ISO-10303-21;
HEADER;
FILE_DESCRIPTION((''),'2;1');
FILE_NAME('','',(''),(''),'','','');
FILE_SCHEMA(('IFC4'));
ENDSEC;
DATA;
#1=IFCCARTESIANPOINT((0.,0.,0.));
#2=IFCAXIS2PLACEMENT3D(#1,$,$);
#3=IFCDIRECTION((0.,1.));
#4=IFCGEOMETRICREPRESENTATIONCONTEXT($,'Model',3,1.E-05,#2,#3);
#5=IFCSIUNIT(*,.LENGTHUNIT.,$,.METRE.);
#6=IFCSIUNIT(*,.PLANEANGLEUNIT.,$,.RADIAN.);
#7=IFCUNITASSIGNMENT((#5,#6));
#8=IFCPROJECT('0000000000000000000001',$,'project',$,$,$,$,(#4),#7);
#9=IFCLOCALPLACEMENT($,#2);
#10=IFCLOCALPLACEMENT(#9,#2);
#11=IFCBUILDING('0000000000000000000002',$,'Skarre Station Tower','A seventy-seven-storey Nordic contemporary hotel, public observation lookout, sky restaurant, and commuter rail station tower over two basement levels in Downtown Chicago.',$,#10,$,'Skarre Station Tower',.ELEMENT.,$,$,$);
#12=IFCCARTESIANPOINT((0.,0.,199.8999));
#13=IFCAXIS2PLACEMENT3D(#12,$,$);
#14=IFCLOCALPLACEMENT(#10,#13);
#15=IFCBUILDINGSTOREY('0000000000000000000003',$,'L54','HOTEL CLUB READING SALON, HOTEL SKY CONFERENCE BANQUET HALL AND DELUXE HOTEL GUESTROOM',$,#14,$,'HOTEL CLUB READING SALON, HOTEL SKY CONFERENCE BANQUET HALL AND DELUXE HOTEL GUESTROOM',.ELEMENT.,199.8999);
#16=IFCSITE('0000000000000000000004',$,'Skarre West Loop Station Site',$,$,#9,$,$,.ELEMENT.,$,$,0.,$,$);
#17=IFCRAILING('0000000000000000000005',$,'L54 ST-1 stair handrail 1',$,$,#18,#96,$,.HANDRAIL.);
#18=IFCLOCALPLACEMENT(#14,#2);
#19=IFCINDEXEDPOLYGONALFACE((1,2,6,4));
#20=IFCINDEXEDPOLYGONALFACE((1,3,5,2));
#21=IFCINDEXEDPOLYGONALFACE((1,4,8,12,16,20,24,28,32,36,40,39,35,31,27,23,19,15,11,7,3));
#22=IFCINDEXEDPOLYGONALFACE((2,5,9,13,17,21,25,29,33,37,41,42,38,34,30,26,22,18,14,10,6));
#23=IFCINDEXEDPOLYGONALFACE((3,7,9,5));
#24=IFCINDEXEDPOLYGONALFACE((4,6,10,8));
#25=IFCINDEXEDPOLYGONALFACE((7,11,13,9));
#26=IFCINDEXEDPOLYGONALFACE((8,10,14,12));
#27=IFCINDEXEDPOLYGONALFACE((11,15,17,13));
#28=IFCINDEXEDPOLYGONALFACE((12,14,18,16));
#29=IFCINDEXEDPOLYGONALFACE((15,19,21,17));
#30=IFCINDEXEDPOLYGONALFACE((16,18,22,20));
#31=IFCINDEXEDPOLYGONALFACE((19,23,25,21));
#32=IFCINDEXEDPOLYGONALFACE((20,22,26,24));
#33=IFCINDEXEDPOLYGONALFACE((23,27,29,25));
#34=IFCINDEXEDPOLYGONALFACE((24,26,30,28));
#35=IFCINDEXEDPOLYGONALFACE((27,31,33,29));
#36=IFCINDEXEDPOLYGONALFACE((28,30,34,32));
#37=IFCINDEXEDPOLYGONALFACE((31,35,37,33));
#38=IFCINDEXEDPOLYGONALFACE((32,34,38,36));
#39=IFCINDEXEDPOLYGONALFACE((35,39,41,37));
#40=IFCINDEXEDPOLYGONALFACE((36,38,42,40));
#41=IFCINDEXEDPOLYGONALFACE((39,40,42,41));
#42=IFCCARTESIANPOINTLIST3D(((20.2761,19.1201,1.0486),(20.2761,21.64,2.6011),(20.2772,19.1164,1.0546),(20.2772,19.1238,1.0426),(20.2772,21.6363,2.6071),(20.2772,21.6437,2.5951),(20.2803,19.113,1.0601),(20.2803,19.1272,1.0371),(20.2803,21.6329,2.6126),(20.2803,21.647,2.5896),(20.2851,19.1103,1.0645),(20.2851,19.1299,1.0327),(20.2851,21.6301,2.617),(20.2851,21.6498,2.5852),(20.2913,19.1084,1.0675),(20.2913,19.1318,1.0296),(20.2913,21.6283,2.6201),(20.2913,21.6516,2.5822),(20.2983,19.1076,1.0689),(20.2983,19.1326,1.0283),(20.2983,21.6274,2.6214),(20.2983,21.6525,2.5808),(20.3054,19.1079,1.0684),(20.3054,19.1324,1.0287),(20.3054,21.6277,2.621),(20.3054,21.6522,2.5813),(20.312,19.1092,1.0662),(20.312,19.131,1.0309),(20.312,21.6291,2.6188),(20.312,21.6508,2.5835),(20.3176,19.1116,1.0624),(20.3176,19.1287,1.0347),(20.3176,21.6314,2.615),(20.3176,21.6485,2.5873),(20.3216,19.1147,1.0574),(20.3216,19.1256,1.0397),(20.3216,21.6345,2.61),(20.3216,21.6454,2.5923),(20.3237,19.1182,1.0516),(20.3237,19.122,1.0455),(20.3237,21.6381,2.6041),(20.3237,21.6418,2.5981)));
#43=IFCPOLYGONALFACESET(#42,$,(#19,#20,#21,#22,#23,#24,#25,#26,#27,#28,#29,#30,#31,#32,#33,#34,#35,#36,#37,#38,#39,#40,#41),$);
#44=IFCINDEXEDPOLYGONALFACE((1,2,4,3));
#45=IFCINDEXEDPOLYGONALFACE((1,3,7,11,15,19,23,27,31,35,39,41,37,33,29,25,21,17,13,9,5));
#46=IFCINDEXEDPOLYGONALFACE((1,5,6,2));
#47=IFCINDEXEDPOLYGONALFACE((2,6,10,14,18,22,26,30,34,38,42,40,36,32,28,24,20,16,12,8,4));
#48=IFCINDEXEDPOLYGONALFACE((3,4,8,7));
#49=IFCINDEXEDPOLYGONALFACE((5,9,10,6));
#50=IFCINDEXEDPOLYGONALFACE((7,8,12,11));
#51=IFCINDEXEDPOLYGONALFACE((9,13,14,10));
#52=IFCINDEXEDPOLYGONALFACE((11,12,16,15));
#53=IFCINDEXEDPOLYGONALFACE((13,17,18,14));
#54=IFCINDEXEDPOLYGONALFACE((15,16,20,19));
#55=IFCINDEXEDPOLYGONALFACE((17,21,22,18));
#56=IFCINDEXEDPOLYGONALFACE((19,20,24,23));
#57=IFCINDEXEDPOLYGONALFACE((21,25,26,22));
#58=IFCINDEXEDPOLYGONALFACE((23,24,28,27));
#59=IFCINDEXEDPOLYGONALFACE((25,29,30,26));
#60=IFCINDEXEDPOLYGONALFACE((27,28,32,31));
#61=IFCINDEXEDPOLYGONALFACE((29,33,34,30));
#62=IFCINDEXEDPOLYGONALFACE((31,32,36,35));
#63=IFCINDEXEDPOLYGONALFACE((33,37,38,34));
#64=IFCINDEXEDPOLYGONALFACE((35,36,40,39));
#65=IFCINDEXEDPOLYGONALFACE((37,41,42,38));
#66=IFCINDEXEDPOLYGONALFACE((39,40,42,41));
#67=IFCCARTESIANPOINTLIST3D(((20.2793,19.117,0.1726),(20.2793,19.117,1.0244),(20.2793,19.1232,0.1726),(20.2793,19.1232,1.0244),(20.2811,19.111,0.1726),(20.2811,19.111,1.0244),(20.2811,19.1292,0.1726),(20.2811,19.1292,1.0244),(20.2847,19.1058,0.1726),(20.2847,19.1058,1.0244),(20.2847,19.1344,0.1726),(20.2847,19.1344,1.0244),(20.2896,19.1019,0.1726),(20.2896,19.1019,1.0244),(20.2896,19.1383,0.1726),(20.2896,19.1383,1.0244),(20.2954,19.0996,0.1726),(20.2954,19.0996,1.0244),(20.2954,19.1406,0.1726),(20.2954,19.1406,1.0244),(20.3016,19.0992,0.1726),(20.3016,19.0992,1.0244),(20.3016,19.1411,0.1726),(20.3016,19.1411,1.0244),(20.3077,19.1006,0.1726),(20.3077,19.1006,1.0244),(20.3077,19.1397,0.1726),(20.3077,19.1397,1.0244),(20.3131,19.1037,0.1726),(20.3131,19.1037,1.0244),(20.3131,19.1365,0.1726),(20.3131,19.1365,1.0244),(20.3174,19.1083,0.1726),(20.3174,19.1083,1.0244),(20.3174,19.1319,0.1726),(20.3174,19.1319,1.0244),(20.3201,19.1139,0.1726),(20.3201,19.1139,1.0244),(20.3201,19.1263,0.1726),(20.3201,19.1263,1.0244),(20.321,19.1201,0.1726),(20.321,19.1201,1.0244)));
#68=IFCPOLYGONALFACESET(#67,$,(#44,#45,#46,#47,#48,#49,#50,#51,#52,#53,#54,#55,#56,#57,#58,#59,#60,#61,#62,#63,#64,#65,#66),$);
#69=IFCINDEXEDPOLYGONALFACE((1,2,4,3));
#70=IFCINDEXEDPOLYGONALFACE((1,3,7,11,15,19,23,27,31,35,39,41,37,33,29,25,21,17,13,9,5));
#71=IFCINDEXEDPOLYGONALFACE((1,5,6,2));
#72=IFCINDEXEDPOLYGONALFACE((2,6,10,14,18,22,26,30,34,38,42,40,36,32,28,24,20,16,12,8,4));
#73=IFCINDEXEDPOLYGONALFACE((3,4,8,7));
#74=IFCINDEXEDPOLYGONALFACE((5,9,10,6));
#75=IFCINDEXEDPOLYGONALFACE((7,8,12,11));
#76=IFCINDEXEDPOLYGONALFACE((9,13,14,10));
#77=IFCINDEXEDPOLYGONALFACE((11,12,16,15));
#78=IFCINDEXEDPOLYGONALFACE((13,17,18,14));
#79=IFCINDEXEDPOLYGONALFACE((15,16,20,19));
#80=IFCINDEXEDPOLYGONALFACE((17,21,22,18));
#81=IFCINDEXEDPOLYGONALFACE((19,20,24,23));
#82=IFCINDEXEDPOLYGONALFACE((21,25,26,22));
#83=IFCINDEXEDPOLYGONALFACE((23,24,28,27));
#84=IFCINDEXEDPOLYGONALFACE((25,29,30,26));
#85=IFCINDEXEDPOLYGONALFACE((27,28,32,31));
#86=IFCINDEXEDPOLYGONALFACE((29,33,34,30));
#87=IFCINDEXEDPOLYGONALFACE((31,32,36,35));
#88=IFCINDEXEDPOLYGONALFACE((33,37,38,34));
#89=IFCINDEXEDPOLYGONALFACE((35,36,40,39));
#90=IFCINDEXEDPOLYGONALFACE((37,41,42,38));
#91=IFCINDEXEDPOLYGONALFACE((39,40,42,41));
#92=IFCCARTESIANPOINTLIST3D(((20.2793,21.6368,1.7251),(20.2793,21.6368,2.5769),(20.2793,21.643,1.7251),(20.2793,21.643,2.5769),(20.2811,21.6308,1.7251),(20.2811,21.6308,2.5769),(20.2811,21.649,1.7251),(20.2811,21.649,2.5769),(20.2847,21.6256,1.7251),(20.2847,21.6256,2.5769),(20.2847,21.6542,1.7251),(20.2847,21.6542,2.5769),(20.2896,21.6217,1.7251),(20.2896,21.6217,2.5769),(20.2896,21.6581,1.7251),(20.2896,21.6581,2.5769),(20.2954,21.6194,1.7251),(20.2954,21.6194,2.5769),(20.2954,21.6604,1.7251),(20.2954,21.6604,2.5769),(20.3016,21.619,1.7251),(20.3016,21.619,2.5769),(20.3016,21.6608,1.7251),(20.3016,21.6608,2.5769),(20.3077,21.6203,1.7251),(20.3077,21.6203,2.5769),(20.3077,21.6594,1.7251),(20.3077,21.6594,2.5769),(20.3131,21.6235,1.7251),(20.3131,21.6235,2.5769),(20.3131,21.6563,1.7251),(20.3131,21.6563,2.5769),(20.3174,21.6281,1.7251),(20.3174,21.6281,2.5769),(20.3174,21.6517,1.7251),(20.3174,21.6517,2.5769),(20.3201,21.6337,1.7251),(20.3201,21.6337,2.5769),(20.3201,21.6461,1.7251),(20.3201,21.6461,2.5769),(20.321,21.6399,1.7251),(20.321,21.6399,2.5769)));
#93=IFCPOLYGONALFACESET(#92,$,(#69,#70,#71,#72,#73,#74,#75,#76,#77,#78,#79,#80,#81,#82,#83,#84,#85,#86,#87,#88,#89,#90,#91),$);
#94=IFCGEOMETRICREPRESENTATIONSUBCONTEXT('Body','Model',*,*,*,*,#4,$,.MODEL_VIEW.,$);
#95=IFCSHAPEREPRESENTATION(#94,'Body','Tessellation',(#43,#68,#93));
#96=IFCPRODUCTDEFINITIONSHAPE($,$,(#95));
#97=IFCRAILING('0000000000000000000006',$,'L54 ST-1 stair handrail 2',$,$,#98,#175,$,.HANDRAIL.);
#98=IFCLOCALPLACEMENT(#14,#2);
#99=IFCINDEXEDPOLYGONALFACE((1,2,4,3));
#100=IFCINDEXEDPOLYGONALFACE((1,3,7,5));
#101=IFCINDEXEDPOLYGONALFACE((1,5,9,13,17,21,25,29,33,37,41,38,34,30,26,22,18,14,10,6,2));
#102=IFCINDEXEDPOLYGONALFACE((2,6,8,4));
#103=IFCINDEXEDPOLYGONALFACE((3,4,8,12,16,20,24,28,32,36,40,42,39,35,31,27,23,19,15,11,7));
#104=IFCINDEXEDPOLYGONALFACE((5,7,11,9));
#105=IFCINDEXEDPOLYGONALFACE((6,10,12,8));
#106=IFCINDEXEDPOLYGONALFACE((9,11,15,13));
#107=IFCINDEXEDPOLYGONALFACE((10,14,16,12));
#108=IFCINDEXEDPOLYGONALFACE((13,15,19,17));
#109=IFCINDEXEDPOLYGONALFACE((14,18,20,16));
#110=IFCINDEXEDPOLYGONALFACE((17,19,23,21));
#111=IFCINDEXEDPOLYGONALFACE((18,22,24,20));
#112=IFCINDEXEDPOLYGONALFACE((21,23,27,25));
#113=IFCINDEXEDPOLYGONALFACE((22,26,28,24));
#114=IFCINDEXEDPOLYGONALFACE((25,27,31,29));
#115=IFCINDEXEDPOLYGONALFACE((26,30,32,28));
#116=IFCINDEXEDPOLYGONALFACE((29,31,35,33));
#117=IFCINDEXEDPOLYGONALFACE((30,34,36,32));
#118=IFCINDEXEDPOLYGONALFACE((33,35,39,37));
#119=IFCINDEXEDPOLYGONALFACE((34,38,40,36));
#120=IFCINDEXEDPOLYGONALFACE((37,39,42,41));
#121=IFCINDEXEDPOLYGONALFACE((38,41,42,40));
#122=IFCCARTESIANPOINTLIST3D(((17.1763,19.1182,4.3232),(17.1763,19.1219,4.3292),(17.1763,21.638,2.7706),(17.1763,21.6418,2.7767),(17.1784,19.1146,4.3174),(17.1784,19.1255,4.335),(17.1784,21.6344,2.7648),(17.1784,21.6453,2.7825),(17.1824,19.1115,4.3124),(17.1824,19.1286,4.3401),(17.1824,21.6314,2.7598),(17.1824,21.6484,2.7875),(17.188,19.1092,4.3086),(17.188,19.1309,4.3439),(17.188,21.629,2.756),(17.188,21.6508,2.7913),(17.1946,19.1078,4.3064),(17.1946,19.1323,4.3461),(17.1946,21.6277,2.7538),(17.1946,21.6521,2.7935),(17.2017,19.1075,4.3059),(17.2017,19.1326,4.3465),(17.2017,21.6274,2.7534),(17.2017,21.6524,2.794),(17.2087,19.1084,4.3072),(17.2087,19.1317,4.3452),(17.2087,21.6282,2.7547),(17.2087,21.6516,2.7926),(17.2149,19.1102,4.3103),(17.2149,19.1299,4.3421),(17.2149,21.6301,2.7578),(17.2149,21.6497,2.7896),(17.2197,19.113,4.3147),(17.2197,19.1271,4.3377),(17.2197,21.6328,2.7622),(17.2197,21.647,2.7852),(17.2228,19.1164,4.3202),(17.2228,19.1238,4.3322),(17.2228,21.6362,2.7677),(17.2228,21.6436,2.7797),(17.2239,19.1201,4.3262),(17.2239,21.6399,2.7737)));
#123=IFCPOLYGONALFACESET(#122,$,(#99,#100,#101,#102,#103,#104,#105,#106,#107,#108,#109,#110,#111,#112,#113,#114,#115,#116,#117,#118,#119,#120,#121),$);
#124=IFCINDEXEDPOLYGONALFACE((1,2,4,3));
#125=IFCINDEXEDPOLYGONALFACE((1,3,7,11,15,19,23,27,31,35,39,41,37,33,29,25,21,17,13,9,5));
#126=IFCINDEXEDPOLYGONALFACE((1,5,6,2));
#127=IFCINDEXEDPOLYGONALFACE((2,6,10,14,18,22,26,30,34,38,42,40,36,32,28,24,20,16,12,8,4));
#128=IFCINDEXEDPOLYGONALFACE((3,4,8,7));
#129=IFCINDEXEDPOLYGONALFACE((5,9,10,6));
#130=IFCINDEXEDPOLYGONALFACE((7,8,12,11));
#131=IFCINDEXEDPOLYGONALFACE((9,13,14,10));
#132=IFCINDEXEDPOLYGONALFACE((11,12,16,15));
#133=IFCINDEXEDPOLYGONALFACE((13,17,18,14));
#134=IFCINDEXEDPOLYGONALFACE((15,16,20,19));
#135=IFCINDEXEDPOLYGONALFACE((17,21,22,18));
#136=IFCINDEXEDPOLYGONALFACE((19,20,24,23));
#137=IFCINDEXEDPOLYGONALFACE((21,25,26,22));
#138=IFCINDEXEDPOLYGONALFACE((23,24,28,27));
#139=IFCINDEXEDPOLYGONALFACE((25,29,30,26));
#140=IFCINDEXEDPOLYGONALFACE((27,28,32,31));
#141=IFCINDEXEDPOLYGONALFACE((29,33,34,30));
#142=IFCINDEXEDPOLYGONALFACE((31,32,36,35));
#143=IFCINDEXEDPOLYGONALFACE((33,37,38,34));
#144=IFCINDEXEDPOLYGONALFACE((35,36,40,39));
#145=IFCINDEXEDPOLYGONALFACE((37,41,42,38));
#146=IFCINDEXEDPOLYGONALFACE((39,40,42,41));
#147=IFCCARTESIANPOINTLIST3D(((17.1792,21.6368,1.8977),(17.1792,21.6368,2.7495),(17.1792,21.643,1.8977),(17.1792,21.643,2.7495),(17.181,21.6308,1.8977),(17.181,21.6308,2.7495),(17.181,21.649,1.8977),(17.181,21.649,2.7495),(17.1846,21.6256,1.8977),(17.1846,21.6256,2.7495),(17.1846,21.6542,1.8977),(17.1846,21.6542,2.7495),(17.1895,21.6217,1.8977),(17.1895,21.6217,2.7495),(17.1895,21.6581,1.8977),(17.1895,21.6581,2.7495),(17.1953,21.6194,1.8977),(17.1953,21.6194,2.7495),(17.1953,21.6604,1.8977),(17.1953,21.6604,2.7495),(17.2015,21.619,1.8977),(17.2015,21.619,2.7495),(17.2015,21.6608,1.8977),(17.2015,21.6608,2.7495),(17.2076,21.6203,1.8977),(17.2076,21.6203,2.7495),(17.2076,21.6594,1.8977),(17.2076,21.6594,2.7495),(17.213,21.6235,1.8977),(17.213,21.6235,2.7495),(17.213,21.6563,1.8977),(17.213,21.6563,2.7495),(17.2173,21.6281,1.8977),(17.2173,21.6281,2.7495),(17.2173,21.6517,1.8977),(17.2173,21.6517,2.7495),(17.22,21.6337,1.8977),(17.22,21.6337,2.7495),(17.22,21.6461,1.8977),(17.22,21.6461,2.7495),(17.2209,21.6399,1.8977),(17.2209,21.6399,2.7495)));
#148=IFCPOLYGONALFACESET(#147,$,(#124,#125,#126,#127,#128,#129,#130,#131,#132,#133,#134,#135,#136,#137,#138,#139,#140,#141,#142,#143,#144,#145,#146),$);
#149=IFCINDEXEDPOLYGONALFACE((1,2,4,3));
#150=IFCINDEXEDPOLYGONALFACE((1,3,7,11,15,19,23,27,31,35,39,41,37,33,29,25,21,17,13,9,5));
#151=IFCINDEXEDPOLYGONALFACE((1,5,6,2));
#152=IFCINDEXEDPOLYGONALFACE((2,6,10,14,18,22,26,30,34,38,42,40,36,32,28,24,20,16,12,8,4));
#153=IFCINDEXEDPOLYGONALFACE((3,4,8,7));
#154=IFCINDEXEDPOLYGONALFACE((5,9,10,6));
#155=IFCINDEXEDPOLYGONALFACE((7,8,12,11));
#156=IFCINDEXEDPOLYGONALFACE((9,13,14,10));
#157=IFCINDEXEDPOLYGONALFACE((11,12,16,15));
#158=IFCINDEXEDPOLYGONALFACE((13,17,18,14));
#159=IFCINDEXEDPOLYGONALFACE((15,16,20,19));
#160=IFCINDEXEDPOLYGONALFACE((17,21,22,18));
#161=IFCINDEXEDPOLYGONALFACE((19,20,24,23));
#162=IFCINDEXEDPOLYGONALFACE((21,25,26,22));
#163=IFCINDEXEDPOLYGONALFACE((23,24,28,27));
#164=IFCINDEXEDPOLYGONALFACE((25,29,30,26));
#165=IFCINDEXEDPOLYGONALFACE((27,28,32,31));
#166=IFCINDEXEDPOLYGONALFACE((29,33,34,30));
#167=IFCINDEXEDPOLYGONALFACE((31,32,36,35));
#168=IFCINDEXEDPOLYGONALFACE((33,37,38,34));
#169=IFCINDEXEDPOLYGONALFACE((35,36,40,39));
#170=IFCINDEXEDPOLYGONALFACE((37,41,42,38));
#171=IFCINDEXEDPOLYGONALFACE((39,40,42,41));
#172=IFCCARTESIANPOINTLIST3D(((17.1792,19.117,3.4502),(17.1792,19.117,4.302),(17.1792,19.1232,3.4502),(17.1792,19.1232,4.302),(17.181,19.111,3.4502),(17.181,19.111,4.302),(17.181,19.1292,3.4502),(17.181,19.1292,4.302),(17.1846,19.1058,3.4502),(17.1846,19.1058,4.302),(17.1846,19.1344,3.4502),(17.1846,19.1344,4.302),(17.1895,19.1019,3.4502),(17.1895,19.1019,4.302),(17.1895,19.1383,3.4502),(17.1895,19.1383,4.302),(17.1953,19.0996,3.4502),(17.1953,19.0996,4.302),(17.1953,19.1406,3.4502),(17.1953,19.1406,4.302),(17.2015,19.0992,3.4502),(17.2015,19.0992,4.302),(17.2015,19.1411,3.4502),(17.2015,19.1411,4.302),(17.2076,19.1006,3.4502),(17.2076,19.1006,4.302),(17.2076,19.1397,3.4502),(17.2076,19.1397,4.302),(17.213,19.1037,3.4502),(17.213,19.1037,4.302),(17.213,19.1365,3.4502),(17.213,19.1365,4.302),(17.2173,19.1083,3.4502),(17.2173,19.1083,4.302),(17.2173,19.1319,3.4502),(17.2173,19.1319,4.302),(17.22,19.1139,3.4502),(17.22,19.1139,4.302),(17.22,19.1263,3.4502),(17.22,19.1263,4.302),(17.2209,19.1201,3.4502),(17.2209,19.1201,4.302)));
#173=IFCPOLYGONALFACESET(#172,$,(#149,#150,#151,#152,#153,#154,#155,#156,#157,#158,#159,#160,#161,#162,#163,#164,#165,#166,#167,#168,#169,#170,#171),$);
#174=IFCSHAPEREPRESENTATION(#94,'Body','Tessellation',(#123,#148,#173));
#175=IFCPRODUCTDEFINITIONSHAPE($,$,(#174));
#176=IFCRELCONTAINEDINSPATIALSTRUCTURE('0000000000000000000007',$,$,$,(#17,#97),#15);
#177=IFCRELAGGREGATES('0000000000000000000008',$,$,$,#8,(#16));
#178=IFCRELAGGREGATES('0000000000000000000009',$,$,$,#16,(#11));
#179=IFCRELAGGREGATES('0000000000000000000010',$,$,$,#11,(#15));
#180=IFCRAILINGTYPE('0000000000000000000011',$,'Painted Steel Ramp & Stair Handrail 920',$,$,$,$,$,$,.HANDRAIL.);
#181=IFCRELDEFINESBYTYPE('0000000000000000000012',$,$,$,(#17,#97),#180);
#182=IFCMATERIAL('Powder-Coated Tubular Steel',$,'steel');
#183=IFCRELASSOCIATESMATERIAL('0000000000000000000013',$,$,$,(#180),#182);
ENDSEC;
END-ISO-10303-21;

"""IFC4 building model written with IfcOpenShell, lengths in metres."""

from ifc_helpers import new_model, si_unit, direction, frame, origin, origin_2d, place, context, subcontext, project, spatial, circle, extrude, material, type_object, element, save


model = new_model("IFC4")

# Units and contexts
model_context = context("Model", 3, precision=1e-05, world=origin(), true_north=direction((0.0, 1.0)))
body_context = subcontext(model_context, "Body", "Model", "MODEL_VIEW")
ifc_project = project(units=[si_unit("LENGTHUNIT", "METRE"), si_unit("PLANEANGLEUNIT", "RADIAN")], contexts=[model_context])

# Site, building, storey
site_placement = place(None, origin())
site = spatial("IfcSite", under=ifc_project, at=site_placement, Name="Skarre West Loop Station Site", CompositionType="ELEMENT", RefElevation=0.0)
building_placement = place(site_placement, origin())
building = spatial("IfcBuilding", under=site, at=building_placement, Name="Skarre Station Tower", Description="A seventy-seven-storey Nordic contemporary hotel, public observation lookout, sky restaurant, and commuter rail station tower over two basement levels in Downtown Chicago.", LongName="Skarre Station Tower", CompositionType="ELEMENT")
storey_placement = place(building_placement, frame((0.0, 0.0, 199.8999)))
storey = spatial("IfcBuildingStorey", under=building, at=storey_placement, Name="L54", Description="HOTEL CLUB READING SALON, HOTEL SKY CONFERENCE BANQUET HALL AND DELUXE HOTEL GUESTROOM", LongName="HOTEL CLUB READING SALON, HOTEL SKY CONFERENCE BANQUET HALL AND DELUXE HOTEL GUESTROOM", CompositionType="ELEMENT", Elevation=199.8999)

# Railings
ifc_material_1 = material(Name="Powder-Coated Tubular Steel", Category="steel")
railing_type_1 = type_object("IfcRailingType", Name="Painted Steel Ramp & Stair Handrail 920", PredefinedType="HANDRAIL", material=ifc_material_1)
railing_1_placement = place(storey_placement, frame((20.3, 19.1201, 0.1726)))
element("IfcRailing", 1, at=railing_1_placement, inside=storey, type_object=railing_type_1, Name="L54 ST-1 stair handrail 1", PredefinedType="HANDRAIL", context=body_context, shape_type="SweptSolid", body=[
    extrude(circle(Radius=0.0239, at=origin_2d()), frame((0.0, 0.0, 0.876), z_axis=(0.0, 0.851378, 0.524553), x_axis=(-1.0, 0.0, 0.0)), (0.0, 0.0, 1.0), 2.9597),
    extrude(circle(Radius=0.021, at=origin_2d()), origin(), (0.0, 0.0, 1.0), 0.8518),
    extrude(circle(Radius=0.021, at=origin_2d()), frame((0.0, 2.5198, 1.5525)), (0.0, 0.0, 1.0), 0.8518),
])
railing_2_placement = place(storey_placement, frame((17.2, 21.6399, 1.8977)))
element("IfcRailing", 2, at=railing_2_placement, inside=storey, type_object=railing_type_1, Name="L54 ST-1 stair handrail 2", PredefinedType="HANDRAIL", context=body_context, shape_type="SweptSolid", body=[
    extrude(circle(Radius=0.0239, at=origin_2d()), frame((0.0, 0.0, 0.876), z_axis=(0.0, -0.851378, 0.524553), x_axis=(1.0, 0.0, 0.0)), (0.0, 0.0, 1.0), 2.9597),
    extrude(circle(Radius=0.021, at=origin_2d()), origin(), (0.0, 0.0, 1.0), 0.8518),
    extrude(circle(Radius=0.021, at=origin_2d()), frame((0.0, -2.5198, 1.5525)), (0.0, 0.0, 1.0), 0.8518),
])

save(model, "model.ifc")
